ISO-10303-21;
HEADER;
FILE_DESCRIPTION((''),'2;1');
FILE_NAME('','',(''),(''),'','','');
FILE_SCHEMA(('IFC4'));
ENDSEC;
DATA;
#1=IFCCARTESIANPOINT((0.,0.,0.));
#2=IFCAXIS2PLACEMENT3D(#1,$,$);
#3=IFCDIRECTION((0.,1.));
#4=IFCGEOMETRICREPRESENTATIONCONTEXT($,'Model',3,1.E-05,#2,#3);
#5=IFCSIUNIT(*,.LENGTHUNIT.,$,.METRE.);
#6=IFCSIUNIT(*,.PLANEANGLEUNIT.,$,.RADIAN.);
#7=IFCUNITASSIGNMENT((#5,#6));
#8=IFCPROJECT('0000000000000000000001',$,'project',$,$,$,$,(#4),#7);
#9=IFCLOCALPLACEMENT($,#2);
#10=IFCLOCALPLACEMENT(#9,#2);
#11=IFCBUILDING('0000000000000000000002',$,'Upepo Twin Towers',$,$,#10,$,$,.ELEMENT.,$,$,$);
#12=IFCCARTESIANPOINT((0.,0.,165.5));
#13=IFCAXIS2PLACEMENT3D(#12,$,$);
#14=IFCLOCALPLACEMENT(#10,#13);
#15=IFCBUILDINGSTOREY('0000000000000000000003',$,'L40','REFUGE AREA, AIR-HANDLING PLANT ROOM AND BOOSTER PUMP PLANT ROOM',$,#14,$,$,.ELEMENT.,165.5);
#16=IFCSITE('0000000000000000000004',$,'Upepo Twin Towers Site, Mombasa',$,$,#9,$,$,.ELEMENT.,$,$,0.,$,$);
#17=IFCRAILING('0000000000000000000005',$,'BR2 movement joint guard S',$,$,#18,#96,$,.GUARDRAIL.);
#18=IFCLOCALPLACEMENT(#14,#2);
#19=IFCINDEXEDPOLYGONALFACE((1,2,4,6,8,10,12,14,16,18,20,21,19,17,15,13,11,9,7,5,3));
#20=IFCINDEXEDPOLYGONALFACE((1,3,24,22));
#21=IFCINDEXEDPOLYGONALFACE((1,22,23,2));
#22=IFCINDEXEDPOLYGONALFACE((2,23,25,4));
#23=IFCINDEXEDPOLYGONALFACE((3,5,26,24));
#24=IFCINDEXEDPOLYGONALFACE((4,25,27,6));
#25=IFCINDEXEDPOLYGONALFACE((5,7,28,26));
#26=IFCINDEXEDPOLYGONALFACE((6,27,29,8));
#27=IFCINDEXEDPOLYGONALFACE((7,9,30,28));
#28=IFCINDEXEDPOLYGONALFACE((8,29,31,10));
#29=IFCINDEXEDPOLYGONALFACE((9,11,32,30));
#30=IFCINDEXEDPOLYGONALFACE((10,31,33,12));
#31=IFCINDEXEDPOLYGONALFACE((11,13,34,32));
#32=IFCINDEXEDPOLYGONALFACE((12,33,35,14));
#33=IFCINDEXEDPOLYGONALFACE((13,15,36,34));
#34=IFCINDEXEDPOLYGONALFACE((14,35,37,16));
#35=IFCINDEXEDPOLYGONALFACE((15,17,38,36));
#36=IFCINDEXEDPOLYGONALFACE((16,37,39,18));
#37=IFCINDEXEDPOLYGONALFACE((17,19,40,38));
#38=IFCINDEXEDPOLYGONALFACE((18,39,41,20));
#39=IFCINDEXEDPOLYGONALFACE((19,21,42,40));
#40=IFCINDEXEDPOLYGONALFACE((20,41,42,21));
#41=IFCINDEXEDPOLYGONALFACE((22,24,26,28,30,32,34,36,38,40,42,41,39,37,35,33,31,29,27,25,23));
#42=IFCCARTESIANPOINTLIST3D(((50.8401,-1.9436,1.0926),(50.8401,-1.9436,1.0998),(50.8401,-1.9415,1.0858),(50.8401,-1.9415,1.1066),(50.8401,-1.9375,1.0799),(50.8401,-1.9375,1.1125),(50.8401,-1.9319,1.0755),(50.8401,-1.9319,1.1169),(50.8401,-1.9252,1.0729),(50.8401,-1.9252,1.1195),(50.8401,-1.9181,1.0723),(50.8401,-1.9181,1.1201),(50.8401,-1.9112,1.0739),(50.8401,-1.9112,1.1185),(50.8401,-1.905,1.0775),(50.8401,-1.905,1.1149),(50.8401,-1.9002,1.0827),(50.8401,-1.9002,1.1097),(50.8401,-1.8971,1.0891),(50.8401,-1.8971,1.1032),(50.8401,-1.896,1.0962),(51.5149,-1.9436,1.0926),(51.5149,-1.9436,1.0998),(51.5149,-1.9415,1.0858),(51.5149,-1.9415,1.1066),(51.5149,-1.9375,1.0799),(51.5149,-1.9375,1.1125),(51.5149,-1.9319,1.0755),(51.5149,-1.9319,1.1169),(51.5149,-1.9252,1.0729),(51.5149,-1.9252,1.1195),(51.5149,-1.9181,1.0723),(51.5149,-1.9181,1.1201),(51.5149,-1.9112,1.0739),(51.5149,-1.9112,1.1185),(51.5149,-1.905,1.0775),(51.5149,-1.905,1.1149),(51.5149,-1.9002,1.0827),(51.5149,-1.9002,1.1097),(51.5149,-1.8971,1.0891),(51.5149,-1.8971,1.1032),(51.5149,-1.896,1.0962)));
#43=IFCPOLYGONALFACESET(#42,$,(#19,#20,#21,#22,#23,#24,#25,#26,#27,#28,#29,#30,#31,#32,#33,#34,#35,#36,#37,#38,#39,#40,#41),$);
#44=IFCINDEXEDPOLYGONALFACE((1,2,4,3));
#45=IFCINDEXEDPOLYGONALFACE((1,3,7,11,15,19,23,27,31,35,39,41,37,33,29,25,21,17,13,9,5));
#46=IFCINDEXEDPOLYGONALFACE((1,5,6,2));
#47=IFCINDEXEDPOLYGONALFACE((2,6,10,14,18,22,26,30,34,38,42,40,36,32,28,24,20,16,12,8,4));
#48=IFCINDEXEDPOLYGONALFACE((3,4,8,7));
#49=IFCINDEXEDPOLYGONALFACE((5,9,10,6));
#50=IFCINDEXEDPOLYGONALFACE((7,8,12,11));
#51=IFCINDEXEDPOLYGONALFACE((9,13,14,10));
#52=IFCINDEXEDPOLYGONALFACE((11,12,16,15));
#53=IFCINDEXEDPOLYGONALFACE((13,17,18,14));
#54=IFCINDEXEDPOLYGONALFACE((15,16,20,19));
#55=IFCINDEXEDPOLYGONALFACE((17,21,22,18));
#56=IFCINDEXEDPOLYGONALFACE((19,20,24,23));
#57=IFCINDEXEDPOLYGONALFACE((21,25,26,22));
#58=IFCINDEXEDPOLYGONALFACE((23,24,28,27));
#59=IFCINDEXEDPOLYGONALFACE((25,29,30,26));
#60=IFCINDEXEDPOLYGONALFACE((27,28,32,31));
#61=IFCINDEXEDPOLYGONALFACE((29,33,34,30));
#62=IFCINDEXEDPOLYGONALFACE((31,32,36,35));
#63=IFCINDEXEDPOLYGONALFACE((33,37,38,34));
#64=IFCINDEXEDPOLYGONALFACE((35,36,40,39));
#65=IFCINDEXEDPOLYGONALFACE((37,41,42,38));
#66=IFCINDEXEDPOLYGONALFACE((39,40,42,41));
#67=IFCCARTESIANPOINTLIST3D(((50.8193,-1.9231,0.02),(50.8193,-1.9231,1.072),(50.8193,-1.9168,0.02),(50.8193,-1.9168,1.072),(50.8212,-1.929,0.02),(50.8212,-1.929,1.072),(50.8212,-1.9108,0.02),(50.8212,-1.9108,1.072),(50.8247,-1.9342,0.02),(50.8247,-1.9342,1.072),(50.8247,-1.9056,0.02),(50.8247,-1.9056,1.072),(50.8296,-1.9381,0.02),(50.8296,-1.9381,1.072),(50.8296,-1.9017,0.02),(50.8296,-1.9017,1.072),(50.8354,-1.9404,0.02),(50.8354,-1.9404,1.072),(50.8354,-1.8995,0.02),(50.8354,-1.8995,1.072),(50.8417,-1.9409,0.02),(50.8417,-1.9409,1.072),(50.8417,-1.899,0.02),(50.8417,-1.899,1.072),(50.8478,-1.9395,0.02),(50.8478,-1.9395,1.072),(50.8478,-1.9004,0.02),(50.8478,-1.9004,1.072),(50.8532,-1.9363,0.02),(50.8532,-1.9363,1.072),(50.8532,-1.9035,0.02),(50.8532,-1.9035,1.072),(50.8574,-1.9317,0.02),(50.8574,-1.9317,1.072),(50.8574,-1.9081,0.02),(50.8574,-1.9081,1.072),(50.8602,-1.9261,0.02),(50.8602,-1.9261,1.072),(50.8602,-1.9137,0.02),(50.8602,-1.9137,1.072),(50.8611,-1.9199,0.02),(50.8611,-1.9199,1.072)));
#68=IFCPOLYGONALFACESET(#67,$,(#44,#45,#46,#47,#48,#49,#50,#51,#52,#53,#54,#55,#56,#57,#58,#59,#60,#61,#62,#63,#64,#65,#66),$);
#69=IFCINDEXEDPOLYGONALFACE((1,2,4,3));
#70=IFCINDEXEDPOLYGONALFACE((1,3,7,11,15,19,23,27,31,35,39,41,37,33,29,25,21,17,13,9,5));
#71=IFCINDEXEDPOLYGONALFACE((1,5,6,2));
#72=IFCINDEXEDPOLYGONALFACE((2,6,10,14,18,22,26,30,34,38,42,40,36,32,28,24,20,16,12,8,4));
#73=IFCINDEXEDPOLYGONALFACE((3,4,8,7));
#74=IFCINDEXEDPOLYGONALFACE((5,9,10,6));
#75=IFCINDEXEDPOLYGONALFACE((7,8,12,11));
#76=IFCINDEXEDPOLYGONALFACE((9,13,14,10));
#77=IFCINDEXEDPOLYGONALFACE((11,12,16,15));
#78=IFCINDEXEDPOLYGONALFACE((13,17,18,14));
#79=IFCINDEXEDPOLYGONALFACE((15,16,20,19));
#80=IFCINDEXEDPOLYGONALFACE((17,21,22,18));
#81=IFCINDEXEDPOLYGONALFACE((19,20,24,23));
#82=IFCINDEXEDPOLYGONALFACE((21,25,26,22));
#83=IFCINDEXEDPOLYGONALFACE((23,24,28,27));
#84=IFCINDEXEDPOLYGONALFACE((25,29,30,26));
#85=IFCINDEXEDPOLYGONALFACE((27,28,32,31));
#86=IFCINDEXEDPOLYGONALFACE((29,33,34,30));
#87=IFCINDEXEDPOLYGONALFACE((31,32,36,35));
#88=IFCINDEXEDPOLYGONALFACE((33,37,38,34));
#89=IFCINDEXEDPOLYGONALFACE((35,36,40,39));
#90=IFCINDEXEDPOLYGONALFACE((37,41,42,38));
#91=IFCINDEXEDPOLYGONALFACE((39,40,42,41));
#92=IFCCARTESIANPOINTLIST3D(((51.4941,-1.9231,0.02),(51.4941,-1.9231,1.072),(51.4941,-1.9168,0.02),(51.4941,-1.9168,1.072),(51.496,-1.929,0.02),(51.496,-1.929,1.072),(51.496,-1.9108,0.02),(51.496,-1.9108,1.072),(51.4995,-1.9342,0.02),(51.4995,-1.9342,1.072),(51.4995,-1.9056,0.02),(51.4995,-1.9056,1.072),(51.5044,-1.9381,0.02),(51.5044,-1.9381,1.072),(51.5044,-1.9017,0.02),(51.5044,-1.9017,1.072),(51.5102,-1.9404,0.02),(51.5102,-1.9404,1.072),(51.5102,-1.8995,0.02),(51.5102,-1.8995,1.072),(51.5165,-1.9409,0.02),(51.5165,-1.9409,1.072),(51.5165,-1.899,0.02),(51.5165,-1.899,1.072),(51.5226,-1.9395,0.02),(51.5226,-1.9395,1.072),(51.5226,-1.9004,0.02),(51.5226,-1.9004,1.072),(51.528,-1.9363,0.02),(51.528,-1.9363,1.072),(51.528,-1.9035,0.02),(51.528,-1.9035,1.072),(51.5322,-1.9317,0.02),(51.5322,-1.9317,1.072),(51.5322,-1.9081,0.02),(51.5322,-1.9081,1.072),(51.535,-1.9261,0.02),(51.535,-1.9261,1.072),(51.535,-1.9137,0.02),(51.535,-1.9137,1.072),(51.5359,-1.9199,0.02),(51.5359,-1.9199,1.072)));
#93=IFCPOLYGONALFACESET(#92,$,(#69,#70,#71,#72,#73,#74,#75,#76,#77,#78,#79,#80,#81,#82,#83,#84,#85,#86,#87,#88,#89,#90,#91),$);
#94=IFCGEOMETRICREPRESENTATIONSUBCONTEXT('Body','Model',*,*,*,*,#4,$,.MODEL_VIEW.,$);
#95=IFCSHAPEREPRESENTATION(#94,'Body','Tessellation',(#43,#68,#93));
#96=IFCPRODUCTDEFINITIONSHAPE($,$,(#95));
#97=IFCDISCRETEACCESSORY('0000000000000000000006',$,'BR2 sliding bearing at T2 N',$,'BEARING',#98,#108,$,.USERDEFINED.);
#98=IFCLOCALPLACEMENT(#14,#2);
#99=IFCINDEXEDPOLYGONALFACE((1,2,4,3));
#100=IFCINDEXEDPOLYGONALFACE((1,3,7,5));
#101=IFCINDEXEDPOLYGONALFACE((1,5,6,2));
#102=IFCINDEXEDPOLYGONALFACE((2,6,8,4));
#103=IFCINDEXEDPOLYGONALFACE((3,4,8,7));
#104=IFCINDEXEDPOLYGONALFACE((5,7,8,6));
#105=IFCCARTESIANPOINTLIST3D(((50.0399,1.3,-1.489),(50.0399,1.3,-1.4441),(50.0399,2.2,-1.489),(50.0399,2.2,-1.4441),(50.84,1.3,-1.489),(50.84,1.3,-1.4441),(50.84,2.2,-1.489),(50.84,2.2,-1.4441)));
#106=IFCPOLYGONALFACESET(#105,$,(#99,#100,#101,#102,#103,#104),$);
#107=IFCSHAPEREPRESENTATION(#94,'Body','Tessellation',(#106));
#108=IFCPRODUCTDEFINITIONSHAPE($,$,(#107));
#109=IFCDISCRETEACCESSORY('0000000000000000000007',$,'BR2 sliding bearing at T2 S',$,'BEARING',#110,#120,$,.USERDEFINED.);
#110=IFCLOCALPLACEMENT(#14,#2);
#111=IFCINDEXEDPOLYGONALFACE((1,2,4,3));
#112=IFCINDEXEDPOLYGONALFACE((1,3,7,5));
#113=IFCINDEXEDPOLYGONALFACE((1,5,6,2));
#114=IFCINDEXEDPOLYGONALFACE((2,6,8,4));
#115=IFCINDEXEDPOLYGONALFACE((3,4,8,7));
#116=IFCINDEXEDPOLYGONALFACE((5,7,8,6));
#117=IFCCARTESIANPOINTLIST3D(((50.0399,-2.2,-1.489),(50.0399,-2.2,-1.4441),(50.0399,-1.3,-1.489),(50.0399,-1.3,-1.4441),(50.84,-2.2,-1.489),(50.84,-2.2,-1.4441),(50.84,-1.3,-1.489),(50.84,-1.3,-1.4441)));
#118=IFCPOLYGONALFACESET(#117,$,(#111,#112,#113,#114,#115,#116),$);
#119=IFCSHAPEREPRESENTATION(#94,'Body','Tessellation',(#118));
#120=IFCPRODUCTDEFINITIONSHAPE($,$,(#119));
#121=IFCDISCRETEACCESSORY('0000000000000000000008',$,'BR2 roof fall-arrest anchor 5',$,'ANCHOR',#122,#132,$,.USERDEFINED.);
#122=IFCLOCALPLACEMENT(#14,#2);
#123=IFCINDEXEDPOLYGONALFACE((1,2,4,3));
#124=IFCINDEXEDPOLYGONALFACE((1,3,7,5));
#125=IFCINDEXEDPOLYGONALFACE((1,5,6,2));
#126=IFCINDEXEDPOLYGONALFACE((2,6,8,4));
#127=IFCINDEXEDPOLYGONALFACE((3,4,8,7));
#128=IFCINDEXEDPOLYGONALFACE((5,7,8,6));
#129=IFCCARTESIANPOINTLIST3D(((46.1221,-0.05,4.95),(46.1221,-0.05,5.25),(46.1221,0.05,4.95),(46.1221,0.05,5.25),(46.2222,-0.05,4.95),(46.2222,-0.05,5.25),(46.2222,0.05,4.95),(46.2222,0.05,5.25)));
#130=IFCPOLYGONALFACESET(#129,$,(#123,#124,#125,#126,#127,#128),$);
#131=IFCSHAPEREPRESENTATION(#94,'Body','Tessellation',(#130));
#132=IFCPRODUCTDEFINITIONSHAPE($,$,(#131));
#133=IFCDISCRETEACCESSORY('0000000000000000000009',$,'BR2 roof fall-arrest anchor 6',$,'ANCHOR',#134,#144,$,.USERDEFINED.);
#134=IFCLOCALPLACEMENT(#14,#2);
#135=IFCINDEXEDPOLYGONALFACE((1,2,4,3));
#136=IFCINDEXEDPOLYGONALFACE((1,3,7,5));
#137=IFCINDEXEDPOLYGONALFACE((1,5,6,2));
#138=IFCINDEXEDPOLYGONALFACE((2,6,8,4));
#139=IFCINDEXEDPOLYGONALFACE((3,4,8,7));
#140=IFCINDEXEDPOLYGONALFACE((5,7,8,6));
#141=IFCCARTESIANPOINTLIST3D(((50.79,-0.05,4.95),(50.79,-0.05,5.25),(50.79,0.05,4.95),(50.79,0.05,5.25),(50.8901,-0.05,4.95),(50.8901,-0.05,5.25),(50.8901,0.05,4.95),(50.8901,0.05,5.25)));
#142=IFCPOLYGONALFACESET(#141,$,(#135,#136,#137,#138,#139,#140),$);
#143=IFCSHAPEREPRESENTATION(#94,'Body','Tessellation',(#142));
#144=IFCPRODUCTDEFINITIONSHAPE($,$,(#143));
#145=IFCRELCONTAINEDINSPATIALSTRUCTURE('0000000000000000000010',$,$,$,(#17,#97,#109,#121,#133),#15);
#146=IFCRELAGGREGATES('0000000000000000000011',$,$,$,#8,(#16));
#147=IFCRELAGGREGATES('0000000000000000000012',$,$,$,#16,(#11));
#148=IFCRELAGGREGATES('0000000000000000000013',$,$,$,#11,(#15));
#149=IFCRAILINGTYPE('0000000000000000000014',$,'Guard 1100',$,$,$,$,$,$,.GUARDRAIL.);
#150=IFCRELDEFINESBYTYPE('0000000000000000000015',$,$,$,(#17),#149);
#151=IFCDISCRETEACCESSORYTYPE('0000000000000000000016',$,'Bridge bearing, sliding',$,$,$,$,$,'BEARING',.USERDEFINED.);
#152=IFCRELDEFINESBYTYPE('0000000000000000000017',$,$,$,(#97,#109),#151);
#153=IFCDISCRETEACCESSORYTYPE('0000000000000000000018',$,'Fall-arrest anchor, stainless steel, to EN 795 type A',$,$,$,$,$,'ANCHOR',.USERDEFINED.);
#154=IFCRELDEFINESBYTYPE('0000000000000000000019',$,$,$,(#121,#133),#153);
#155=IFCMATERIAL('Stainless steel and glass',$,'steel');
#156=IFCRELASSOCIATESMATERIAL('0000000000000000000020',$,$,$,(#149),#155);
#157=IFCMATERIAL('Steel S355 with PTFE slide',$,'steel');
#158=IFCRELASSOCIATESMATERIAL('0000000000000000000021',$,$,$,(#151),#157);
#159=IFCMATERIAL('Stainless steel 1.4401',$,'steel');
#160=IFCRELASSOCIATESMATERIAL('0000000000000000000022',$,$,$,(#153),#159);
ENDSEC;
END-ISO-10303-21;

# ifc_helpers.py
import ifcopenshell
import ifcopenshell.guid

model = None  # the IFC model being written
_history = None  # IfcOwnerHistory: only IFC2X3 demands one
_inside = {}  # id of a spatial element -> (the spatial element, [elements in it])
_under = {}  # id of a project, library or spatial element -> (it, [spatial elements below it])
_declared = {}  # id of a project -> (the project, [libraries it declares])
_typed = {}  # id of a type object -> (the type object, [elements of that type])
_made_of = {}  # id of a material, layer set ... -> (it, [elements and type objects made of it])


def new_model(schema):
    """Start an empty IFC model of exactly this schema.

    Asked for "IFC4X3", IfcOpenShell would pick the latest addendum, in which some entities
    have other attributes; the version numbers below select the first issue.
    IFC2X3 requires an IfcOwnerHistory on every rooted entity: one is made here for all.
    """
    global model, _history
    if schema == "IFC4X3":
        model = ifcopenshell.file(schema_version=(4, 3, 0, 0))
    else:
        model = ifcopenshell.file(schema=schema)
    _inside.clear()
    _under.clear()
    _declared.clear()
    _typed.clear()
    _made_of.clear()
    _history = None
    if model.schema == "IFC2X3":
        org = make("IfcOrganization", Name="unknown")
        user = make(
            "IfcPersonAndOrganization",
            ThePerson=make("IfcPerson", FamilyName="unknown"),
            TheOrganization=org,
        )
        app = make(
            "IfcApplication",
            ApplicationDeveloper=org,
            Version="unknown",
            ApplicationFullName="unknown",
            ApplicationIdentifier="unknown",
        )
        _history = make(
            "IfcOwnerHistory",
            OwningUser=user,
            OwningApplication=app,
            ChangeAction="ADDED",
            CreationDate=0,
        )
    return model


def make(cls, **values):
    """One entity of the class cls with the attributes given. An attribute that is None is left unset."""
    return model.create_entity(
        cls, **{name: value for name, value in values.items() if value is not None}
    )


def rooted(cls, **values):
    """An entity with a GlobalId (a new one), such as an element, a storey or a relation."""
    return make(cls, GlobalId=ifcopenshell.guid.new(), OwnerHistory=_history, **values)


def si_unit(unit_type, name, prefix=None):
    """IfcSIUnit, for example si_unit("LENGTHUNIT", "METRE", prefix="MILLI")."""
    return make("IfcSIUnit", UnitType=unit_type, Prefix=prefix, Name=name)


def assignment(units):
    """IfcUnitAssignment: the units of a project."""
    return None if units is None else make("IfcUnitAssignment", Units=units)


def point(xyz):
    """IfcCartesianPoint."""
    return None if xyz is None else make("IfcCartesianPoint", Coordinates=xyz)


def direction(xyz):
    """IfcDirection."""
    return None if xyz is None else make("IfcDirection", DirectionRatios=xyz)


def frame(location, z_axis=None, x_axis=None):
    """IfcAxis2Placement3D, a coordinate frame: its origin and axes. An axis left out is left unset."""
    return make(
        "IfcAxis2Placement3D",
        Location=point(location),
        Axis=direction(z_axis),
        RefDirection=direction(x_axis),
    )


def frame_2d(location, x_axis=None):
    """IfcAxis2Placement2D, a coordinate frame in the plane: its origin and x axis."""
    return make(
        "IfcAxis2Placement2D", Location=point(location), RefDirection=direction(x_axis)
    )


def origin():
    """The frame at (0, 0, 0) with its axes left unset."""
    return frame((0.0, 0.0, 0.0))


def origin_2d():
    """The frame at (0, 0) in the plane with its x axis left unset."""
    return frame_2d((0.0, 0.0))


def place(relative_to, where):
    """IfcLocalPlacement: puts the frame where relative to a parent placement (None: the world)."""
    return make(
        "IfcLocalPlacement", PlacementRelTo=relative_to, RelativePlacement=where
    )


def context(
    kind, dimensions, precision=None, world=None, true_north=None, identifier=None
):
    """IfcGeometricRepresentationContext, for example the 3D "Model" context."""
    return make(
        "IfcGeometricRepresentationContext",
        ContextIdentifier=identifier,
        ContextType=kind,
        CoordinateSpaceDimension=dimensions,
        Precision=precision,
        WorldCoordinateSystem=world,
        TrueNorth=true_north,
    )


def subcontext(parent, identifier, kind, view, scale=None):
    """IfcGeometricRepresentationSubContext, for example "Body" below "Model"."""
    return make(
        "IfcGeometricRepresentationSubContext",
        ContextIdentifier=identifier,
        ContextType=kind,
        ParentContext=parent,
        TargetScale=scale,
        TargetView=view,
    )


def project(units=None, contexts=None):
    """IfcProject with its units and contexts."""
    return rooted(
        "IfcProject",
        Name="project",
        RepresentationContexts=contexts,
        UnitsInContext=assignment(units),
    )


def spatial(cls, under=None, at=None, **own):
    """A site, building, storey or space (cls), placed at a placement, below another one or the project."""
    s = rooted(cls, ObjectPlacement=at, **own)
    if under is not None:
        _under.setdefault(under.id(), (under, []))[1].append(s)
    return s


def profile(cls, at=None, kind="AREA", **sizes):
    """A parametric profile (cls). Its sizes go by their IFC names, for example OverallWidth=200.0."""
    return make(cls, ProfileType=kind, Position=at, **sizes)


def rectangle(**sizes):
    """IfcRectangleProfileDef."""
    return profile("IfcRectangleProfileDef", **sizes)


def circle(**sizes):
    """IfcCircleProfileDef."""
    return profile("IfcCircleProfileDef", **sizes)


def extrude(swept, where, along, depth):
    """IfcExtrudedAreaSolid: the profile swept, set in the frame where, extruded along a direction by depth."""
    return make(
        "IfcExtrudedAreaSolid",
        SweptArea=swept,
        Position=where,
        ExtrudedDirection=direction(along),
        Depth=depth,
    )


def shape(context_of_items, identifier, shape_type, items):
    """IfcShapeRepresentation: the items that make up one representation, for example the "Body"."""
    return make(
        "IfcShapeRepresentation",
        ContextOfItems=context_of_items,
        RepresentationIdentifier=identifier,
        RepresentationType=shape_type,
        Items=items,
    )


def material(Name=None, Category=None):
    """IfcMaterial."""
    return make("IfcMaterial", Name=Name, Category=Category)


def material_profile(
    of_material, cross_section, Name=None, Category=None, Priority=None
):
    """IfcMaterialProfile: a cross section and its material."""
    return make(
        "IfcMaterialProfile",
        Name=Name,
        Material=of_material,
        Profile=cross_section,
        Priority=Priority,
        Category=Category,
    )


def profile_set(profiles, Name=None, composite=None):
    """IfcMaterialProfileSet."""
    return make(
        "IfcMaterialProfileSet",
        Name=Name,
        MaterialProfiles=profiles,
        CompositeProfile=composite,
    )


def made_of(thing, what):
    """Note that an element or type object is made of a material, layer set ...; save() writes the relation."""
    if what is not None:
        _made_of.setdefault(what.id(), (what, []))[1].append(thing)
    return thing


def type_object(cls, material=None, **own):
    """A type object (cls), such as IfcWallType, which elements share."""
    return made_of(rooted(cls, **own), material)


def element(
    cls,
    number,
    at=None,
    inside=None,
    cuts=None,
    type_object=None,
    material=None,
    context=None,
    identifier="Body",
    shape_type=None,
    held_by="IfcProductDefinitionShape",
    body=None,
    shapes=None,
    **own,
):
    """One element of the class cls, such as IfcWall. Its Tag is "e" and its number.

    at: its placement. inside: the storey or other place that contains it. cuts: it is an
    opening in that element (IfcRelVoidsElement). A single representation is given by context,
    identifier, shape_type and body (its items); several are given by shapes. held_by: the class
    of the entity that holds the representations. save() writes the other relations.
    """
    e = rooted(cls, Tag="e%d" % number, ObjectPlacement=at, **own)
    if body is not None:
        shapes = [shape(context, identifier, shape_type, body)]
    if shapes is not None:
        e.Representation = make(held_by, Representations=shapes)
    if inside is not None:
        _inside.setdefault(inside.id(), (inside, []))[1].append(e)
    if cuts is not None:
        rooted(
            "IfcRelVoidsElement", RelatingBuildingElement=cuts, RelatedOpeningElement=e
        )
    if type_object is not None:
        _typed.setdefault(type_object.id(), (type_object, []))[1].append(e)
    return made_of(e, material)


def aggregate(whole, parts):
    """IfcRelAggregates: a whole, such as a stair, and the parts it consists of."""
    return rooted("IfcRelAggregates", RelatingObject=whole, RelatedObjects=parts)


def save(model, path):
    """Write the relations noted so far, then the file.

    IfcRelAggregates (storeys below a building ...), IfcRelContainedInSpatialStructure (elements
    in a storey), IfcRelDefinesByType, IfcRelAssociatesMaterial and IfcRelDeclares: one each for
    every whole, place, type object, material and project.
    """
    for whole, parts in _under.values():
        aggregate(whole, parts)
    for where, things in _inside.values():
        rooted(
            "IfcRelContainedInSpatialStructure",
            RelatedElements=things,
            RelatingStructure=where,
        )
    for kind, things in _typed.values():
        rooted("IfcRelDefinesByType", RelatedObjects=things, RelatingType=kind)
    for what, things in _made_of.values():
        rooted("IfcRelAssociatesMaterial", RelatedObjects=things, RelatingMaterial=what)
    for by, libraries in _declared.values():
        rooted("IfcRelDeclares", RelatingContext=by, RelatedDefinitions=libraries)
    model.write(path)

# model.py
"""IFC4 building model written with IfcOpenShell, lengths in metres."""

from ifc_helpers import new_model, si_unit, direction, frame, origin, origin_2d, place, context, subcontext, project, spatial, rectangle, circle, extrude, material, material_profile, profile_set, type_object, element, save


model = new_model("IFC4")

# Units and contexts
model_context = context("Model", 3, precision=1e-05, world=origin(), true_north=direction((0.0, 1.0)))
body_context = subcontext(model_context, "Body", "Model", "MODEL_VIEW")
ifc_project = project(units=[si_unit("LENGTHUNIT", "METRE"), si_unit("PLANEANGLEUNIT", "RADIAN")], contexts=[model_context])

# Site, building, storey
site_placement = place(None, origin())
site = spatial("IfcSite", under=ifc_project, at=site_placement, Name="Upepo Twin Towers Site, Mombasa", CompositionType="ELEMENT", RefElevation=0.0)
building_placement = place(site_placement, origin())
building = spatial("IfcBuilding", under=site, at=building_placement, Name="Upepo Twin Towers", CompositionType="ELEMENT")
storey_placement = place(building_placement, frame((0.0, 0.0, 165.5)))
storey = spatial("IfcBuildingStorey", under=building, at=storey_placement, Name="L40", Description="REFUGE AREA, AIR-HANDLING PLANT ROOM AND BOOSTER PUMP PLANT ROOM", CompositionType="ELEMENT", Elevation=165.5)

# Railing
ifc_material_1 = material(Name="Stainless steel and glass", Category="steel")
railing_type = type_object("IfcRailingType", Name="Guard 1100", PredefinedType="GUARDRAIL", material=ifc_material_1)
for number, where, name in (
    (1, (50.8401, -1.9199, 0.02), "BR2 movement joint guard S"),
):
    element("IfcRailing", number, at=place(storey_placement, frame(where)), inside=storey, type_object=railing_type, Name=name, PredefinedType="GUARDRAIL", context=body_context, shape_type="SweptSolid", body=[
        extrude(circle(Radius=0.0239, at=origin_2d()), frame((0.0, 0.0, 1.0762), z_axis=(1.0, 0.0, 0.0), x_axis=(0.0, 1.0, 0.0)), (0.0, 0.0, 1.0), 0.6748),
        extrude(circle(Radius=0.021, at=origin_2d()), origin(), (0.0, 0.0, 1.0), 1.052),
        extrude(circle(Radius=0.021, at=origin_2d()), frame((0.6748, 0.0, 0.0)), (0.0, 0.0, 1.0), 1.052),
    ])

# Discrete accessories
ifc_material_2 = material(Name="Steel S355 with PTFE slide", Category="steel")
ifc_material_profile_1 = material_profile(ifc_material_2, rectangle(XDim=0.8, YDim=0.8999, at=origin_2d()), Name="BEARING 800x900 SLIDING")
ifc_profile_set_1 = profile_set([ifc_material_profile_1], Name="Steel S355 with PTFE slide")
discrete_accessory_type_1 = type_object("IfcDiscreteAccessoryType", Name="Bridge bearing, sliding", ElementType="BEARING", PredefinedType="USERDEFINED", material=ifc_profile_set_1)
for number, where, z_axis, x_axis, name in (
    (2, (50.4399, 1.75, -1.489), (0.0, 0.0, 1.0), (1.0, 0.0, 0.0), "BR2 sliding bearing at T2 N"),
    (3, (50.4399, -1.75, -1.489), (0.0, 0.0, 1.0), (1.0, 0.0, 0.0), "BR2 sliding bearing at T2 S"),
):
    element("IfcDiscreteAccessory", number, at=place(storey_placement, frame(where, z_axis=z_axis, x_axis=x_axis)), inside=storey, type_object=discrete_accessory_type_1, Name=name, ObjectType="BEARING", PredefinedType="USERDEFINED", context=body_context, shape_type="SweptSolid", body=[
        extrude(rectangle(XDim=0.8, YDim=0.8999, at=origin_2d()), origin(), (0.0, 0.0, 1.0), 0.0449),
    ])
ifc_material_3 = material(Name="Stainless steel 1.4401", Category="steel")
ifc_material_profile_2 = material_profile(ifc_material_3, rectangle(XDim=0.1001, YDim=0.1001, at=origin_2d()), Name="ANCHOR POST 100x100")
ifc_profile_set_2 = profile_set([ifc_material_profile_2], Name="Stainless steel 1.4401")
discrete_accessory_type_2 = type_object("IfcDiscreteAccessoryType", Name="Fall-arrest anchor, stainless steel, to EN 795 type A", ElementType="ANCHOR", PredefinedType="USERDEFINED", material=ifc_profile_set_2)
for number, where, z_axis, x_axis, name in (
    (4, (46.1721, 0.0, 4.95), (0.0, 0.0, 1.0), (1.0, 0.0, 0.0), "BR2 roof fall-arrest anchor 5"),
    (5, (50.8401, 0.0, 4.95), (0.0, 0.0, 1.0), (1.0, 0.0, 0.0), "BR2 roof fall-arrest anchor 6"),
):
    element("IfcDiscreteAccessory", number, at=place(storey_placement, frame(where, z_axis=z_axis, x_axis=x_axis)), inside=storey, type_object=discrete_accessory_type_2, Name=name, ObjectType="ANCHOR", PredefinedType="USERDEFINED", context=body_context, shape_type="SweptSolid", body=[
        extrude(rectangle(XDim=0.1001, YDim=0.1001, at=origin_2d()), origin(), (0.0, 0.0, 1.0), 0.3),
    ])

save(model, "model.ifc")
